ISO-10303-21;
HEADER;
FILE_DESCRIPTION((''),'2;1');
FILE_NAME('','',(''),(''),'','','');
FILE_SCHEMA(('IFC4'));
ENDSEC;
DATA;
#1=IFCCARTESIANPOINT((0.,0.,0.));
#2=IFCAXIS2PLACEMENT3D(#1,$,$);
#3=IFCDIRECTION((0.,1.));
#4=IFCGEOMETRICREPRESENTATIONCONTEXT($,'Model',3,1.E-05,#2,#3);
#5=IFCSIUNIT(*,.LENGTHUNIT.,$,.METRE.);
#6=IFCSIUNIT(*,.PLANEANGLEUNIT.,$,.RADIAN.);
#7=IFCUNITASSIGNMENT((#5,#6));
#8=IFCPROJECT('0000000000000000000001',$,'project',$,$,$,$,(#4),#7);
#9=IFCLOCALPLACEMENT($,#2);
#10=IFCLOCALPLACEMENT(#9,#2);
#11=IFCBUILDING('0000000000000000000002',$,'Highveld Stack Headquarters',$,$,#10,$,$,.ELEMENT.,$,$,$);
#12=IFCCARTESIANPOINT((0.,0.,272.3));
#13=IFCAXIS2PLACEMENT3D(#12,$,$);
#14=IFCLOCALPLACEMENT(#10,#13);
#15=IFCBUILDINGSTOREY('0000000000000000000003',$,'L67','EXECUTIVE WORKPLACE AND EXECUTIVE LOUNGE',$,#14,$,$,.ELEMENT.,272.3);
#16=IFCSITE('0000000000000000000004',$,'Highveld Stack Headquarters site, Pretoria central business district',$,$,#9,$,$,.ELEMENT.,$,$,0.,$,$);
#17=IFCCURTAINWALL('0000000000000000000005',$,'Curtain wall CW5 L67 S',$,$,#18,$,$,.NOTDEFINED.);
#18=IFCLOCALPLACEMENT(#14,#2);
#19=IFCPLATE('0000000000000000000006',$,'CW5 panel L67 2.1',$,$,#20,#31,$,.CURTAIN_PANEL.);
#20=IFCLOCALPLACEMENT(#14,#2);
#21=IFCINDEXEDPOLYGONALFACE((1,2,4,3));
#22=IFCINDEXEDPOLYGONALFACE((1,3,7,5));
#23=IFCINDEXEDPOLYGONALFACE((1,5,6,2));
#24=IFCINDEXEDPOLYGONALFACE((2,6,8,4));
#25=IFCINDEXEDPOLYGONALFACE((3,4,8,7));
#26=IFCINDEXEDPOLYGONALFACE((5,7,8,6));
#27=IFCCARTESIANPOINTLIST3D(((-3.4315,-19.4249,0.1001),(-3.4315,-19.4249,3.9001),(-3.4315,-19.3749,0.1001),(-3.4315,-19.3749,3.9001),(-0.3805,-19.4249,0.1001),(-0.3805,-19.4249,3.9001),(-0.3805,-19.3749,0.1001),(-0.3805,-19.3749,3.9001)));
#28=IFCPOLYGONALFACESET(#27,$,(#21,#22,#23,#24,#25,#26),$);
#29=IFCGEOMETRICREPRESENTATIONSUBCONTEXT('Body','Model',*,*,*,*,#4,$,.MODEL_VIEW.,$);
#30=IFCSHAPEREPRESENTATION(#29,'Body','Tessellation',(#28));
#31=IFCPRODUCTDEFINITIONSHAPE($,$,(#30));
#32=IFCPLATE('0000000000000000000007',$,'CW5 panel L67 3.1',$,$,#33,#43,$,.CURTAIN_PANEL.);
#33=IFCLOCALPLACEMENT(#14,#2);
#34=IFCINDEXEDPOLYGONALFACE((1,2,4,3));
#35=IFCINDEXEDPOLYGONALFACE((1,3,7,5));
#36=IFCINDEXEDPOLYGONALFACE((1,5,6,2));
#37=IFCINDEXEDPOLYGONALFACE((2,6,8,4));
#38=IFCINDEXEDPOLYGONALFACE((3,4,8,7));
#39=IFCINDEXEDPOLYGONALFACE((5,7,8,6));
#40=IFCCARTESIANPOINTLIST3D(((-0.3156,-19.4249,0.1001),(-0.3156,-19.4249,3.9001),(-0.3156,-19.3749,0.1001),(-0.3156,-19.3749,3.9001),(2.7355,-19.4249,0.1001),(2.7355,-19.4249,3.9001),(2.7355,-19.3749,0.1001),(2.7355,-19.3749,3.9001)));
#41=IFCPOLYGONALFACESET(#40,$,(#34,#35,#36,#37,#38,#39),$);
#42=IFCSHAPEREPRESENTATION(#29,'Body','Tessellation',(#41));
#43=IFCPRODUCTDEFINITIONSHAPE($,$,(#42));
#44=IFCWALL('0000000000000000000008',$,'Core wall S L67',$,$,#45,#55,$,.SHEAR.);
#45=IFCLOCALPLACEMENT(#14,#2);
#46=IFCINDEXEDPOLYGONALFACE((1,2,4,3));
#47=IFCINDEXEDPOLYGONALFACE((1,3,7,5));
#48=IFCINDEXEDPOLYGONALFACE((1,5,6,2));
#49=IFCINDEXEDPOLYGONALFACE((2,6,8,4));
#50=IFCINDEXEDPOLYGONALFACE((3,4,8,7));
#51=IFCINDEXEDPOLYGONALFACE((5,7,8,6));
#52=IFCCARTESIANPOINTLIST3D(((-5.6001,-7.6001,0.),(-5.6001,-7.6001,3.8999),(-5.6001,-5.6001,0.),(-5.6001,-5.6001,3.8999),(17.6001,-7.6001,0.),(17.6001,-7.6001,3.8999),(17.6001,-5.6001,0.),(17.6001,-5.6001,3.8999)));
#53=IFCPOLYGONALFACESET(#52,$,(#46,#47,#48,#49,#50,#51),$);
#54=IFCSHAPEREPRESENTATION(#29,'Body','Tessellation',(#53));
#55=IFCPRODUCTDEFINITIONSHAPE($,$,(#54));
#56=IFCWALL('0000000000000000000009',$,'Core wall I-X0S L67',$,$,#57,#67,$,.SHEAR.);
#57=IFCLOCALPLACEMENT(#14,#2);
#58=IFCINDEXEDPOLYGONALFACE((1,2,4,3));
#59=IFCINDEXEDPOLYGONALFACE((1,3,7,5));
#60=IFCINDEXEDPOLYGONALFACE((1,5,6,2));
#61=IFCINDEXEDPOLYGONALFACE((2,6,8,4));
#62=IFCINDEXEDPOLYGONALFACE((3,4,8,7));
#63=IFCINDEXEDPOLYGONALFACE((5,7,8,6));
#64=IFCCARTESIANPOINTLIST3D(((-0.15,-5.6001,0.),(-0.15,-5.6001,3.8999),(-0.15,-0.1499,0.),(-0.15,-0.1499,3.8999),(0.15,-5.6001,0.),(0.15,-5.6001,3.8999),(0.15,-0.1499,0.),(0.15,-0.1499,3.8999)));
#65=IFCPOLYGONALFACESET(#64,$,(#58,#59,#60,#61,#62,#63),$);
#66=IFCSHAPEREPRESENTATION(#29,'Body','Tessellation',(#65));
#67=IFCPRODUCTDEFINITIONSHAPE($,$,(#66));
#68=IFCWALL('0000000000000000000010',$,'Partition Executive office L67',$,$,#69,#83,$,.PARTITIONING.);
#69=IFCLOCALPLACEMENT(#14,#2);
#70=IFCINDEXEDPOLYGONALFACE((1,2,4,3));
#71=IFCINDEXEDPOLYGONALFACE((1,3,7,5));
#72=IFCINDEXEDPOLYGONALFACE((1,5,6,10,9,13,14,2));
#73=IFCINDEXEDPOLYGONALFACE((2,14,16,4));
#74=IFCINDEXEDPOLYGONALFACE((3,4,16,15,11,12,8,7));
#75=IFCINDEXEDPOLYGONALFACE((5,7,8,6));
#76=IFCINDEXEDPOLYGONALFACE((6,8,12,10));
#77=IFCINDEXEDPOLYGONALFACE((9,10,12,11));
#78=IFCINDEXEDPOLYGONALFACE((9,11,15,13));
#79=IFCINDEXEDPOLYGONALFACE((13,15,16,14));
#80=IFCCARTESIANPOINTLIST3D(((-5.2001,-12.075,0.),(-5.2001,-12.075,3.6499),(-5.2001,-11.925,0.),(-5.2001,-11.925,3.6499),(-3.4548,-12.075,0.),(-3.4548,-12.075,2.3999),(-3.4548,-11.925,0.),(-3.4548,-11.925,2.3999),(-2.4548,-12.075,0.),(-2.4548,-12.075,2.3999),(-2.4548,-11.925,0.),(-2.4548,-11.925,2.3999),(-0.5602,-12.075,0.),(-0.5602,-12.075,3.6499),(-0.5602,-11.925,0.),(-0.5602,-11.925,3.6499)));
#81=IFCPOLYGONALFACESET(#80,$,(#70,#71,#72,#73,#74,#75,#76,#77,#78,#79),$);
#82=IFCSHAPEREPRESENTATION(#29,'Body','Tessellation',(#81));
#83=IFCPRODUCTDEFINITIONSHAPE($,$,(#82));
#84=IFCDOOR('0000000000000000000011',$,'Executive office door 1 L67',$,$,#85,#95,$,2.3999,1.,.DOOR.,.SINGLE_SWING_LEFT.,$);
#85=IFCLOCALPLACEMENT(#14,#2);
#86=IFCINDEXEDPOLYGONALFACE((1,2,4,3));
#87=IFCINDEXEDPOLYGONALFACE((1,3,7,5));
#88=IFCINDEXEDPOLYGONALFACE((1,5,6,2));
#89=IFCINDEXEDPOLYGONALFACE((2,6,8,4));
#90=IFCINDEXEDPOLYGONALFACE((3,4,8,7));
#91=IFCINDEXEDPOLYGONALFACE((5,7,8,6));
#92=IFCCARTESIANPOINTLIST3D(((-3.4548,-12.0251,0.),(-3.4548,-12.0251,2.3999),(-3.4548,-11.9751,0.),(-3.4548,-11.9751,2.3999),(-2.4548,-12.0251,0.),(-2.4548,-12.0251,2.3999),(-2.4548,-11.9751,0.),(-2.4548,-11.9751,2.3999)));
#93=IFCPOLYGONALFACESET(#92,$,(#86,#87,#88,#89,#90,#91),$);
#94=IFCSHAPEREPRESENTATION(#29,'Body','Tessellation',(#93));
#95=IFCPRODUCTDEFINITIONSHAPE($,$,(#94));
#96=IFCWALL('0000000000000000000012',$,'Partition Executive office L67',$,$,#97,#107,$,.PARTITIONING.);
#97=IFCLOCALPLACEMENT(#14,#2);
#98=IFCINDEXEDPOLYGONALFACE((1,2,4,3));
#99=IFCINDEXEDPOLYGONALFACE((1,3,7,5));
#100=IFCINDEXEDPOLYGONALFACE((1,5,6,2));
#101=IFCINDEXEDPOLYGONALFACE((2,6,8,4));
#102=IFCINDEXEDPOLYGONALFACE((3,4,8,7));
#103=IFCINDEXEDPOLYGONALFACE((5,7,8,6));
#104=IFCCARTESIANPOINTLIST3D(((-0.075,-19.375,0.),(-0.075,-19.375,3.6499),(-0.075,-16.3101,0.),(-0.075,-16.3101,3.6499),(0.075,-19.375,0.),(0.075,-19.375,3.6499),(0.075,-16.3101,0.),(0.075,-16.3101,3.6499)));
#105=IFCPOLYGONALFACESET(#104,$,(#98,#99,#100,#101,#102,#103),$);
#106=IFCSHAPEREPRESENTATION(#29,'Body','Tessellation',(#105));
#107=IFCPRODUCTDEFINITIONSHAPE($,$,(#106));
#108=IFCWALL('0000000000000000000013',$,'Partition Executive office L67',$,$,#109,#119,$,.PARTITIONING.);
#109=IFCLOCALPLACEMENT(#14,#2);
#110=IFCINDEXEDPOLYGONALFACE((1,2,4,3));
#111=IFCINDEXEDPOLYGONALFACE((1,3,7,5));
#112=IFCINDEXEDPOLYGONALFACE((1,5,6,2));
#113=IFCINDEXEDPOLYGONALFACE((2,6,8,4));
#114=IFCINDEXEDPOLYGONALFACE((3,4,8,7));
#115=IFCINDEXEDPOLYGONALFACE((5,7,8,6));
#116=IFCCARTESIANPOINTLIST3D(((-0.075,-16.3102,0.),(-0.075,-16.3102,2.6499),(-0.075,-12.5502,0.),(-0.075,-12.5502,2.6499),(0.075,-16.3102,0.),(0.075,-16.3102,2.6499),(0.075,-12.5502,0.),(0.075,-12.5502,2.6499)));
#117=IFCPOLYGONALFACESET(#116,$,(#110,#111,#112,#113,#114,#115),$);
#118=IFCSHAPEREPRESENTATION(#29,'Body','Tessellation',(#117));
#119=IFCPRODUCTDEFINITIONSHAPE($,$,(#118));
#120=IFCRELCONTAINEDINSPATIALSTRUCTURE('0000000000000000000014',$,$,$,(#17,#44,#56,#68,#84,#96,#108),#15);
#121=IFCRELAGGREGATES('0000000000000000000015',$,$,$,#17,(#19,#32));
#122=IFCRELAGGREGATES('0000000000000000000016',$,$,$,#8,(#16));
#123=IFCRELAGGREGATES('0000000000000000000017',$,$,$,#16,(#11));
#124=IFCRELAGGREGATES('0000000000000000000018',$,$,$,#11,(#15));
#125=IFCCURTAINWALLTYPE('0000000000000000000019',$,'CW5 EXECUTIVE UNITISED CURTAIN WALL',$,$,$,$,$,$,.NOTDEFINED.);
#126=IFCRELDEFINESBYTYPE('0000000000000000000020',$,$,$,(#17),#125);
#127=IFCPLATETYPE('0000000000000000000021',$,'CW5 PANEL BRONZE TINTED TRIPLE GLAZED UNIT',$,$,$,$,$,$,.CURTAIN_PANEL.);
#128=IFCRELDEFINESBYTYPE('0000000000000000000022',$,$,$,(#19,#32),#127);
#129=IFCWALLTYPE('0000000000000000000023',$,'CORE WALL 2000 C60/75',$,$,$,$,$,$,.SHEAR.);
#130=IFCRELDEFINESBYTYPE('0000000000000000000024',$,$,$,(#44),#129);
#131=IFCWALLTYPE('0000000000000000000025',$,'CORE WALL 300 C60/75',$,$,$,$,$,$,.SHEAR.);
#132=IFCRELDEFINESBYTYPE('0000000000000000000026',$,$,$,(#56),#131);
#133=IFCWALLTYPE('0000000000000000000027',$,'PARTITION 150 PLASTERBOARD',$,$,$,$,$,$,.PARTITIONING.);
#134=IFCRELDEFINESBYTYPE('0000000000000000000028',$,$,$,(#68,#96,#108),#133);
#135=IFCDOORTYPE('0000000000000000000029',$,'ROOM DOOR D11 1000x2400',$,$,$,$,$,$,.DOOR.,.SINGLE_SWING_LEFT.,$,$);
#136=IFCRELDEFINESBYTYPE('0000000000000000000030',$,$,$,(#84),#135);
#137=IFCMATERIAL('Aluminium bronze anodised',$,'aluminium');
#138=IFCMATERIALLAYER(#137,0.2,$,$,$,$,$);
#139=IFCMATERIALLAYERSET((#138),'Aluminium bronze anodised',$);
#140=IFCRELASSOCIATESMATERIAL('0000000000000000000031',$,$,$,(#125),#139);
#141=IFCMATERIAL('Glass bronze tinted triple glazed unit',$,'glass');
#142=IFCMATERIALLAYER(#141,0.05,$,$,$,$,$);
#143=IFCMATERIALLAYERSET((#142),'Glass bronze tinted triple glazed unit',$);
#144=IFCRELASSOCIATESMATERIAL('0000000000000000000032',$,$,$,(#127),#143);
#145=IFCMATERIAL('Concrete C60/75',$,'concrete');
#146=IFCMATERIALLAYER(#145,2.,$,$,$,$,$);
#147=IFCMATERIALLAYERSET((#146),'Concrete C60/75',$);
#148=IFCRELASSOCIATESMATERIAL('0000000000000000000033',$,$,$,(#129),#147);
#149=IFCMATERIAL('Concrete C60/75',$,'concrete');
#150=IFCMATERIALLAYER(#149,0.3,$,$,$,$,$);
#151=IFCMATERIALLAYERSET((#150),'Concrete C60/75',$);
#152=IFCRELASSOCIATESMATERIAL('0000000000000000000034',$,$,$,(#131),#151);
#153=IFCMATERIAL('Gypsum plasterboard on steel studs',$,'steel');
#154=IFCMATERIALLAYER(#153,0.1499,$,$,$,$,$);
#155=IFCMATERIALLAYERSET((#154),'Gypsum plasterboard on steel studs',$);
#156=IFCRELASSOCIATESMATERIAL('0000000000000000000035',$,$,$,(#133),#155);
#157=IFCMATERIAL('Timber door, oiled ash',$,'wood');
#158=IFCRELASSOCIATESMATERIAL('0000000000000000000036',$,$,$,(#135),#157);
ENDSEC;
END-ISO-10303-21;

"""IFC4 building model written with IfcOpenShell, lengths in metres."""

from ifc_helpers import new_model, si_unit, direction, frame, frame_2d, origin, origin_2d, place, context, subcontext, project, spatial, rectangle, extrude, material, layer, layer_set, type_object, element, fill, aggregate, save


model = new_model("IFC4")

# Units and contexts
model_context = context("Model", 3, precision=1e-05, world=origin(), true_north=direction((0.0, 1.0)))
body_context = subcontext(model_context, "Body", "Model", "MODEL_VIEW")
ifc_project = project(units=[si_unit("LENGTHUNIT", "METRE"), si_unit("PLANEANGLEUNIT", "RADIAN")], contexts=[model_context])

# Site, building, storey
site_placement = place(None, origin())
site = spatial("IfcSite", under=ifc_project, at=site_placement, Name="Highveld Stack Headquarters site, Pretoria central business district", CompositionType="ELEMENT", RefElevation=0.0)
building_placement = place(site_placement, origin())
building = spatial("IfcBuilding", under=site, at=building_placement, Name="Highveld Stack Headquarters", CompositionType="ELEMENT")
storey_placement = place(building_placement, frame((0.0, 0.0, 272.3)))
storey = spatial("IfcBuildingStorey", under=building, at=storey_placement, Name="L67", Description="EXECUTIVE WORKPLACE AND EXECUTIVE LOUNGE", CompositionType="ELEMENT", Elevation=272.3)

# Curtain wall
ifc_material_1 = material(Name="Aluminium bronze anodised", Category="aluminium")
ifc_layer_1 = layer(ifc_material_1, 0.2)
ifc_layer_set_1 = layer_set([ifc_layer_1], Name="Aluminium bronze anodised")
curtain_wall_type = type_object("IfcCurtainWallType", Name="CW5 EXECUTIVE UNITISED CURTAIN WALL", PredefinedType="NOTDEFINED", material=ifc_layer_set_1)
curtain_wall_placement = place(storey_placement, origin())
curtain_wall = element("IfcCurtainWall", 1, at=curtain_wall_placement, inside=storey, type_object=curtain_wall_type, Name="Curtain wall CW5 L67 S", PredefinedType="NOTDEFINED")

# Plates
ifc_material_2 = material(Name="Glass bronze tinted triple glazed unit", Category="glass")
ifc_layer_2 = layer(ifc_material_2, 0.05)
ifc_layer_set_2 = layer_set([ifc_layer_2], Name="Glass bronze tinted triple glazed unit")
plate_type = type_object("IfcPlateType", Name="CW5 PANEL BRONZE TINTED TRIPLE GLAZED UNIT", PredefinedType="CURTAIN_PANEL", material=ifc_layer_set_2)
plate_1_placement = place(storey_placement, frame((-1.906, -19.3999, 0.1001), z_axis=(0.0, 0.0, 1.0), x_axis=(1.0, 0.0, 0.0)))
plate_1 = element("IfcPlate", 2, at=plate_1_placement, type_object=plate_type, Name="CW5 panel L67 2.1", PredefinedType="CURTAIN_PANEL", context=body_context, shape_type="SweptSolid", body=[
    extrude(rectangle(XDim=3.051, YDim=0.05, at=origin_2d()), origin(), (0.0, 0.0, 1.0), 3.8),
])
plate_2_placement = place(storey_placement, frame((1.21, -19.3999, 0.1001), z_axis=(0.0, 0.0, 1.0), x_axis=(1.0, 0.0, 0.0)))
plate_2 = element("IfcPlate", 3, at=plate_2_placement, type_object=plate_type, Name="CW5 panel L67 3.1", PredefinedType="CURTAIN_PANEL", context=body_context, shape_type="SweptSolid", body=[
    extrude(rectangle(XDim=3.051, YDim=0.05, at=origin_2d()), origin(), (0.0, 0.0, 1.0), 3.8),
])
aggregate(curtain_wall, [plate_1, plate_2])

# Walls
ifc_material_3 = material(Name="Concrete C60/75", Category="concrete")
ifc_layer_3 = layer(ifc_material_3, 2.0)
ifc_layer_set_3 = layer_set([ifc_layer_3], Name="Concrete C60/75")
wall_type_1 = type_object("IfcWallType", Name="CORE WALL 2000 C60/75", PredefinedType="SHEAR", material=ifc_layer_set_3)
wall_1_placement = place(storey_placement, frame((-5.6001, -6.6001, 0.0), z_axis=(0.0, 0.0, 1.0), x_axis=(1.0, 0.0, 0.0)))
element("IfcWall", 4, at=wall_1_placement, inside=storey, type_object=wall_type_1, Name="Core wall S L67", PredefinedType="SHEAR", context=body_context, shape_type="SweptSolid", body=[
    extrude(rectangle(XDim=23.2002, YDim=2.0, at=frame_2d((11.6001, 0.0))), origin(), (0.0, 0.0, 1.0), 3.8999),
])
ifc_material_4 = material(Name="Concrete C60/75", Category="concrete")
ifc_layer_4 = layer(ifc_material_4, 0.3)
ifc_layer_set_4 = layer_set([ifc_layer_4], Name="Concrete C60/75")
wall_type_2 = type_object("IfcWallType", Name="CORE WALL 300 C60/75", PredefinedType="SHEAR", material=ifc_layer_set_4)
wall_2_placement = place(storey_placement, frame((0.0, -5.6001, 0.0), z_axis=(0.0, 0.0, 1.0), x_axis=(0.0, 1.0, 0.0)))
element("IfcWall", 5, at=wall_2_placement, inside=storey, type_object=wall_type_2, Name="Core wall I-X0S L67", PredefinedType="SHEAR", context=body_context, shape_type="SweptSolid", body=[
    extrude(rectangle(XDim=5.4502, YDim=0.3, at=frame_2d((2.7251, 0.0))), origin(), (0.0, 0.0, 1.0), 3.8999),
])

# Wall, opening, door
ifc_material_5 = material(Name="Gypsum plasterboard on steel studs", Category="steel")
ifc_layer_5 = layer(ifc_material_5, 0.1499)
ifc_layer_set_5 = layer_set([ifc_layer_5], Name="Gypsum plasterboard on steel studs")
wall_type_3 = type_object("IfcWallType", Name="PARTITION 150 PLASTERBOARD", PredefinedType="PARTITIONING", material=ifc_layer_set_5)
wall_3_placement = place(storey_placement, frame((-5.2, -12.0, 0.0), z_axis=(0.0, 0.0, 1.0), x_axis=(1.0, 0.0, 0.0)))
wall_3 = element("IfcWall", 6, at=wall_3_placement, inside=storey, type_object=wall_type_3, Name="Partition Executive office L67", PredefinedType="PARTITIONING", context=body_context, shape_type="SweptSolid", body=[
    extrude(rectangle(XDim=4.6399, YDim=0.1499, at=frame_2d((2.3198, 0.0))), origin(), (0.0, 0.0, 1.0), 3.6499),
])
opening_placement = place(wall_3_placement, frame((1.7451, 0.0, 0.0)))
opening = element("IfcOpeningElement", 7, at=opening_placement, cuts=wall_3, PredefinedType="OPENING", context=body_context, shape_type="SweptSolid", body=[
    extrude(rectangle(XDim=1.0, YDim=2.3999, at=frame_2d((0.5, 1.2))), frame((0.0, 0.085, 0.0), z_axis=(0.0, -1.0, 0.0), x_axis=(1.0, 0.0, 0.0)), (0.0, 0.0, 1.0), 0.1699),
])
ifc_material_6 = material(Name="Timber door, oiled ash", Category="wood")
door_type = type_object("IfcDoorType", Name="ROOM DOOR D11 1000x2400", OperationType="SINGLE_SWING_LEFT", PredefinedType="DOOR", material=ifc_material_6)
door_placement = place(opening_placement, origin())
door = element("IfcDoor", 8, at=door_placement, inside=storey, type_object=door_type, Name="Executive office door 1 L67", OperationType="SINGLE_SWING_LEFT", OverallHeight=2.3999, OverallWidth=1.0, PredefinedType="DOOR", context=body_context, shape_type="SweptSolid", body=[
    extrude(rectangle(XDim=1.0, YDim=2.3999, at=frame_2d((0.5, 1.2))), frame((0.0, 0.0249, 0.0), z_axis=(0.0, -1.0, 0.0), x_axis=(1.0, 0.0, 0.0)), (0.0, 0.0, 1.0), 0.05),
])
fill(opening, door)

# Walls
wall_4_placement = place(storey_placement, frame((0.0, -19.375, 0.0), z_axis=(0.0, 0.0, 1.0), x_axis=(0.0, 1.0, 0.0)))
element("IfcWall", 9, at=wall_4_placement, inside=storey, type_object=wall_type_3, Name="Partition Executive office L67", PredefinedType="PARTITIONING", context=body_context, shape_type="SweptSolid", body=[
    extrude(rectangle(XDim=3.0649, YDim=0.1499, at=frame_2d((1.5325, 0.0))), origin(), (0.0, 0.0, 1.0), 3.6499),
])
wall_5_placement = place(storey_placement, frame((0.0, -16.3101, 0.0), z_axis=(0.0, 0.0, 1.0), x_axis=(0.0, 1.0, 0.0)))
element("IfcWall", 10, at=wall_5_placement, inside=storey, type_object=wall_type_3, Name="Partition Executive office L67", PredefinedType="PARTITIONING", context=body_context, shape_type="SweptSolid", body=[
    extrude(rectangle(XDim=3.76, YDim=0.1499, at=frame_2d((1.8799, 0.0))), origin(), (0.0, 0.0, 1.0), 2.6499),
])

save(model, "model.ifc")
